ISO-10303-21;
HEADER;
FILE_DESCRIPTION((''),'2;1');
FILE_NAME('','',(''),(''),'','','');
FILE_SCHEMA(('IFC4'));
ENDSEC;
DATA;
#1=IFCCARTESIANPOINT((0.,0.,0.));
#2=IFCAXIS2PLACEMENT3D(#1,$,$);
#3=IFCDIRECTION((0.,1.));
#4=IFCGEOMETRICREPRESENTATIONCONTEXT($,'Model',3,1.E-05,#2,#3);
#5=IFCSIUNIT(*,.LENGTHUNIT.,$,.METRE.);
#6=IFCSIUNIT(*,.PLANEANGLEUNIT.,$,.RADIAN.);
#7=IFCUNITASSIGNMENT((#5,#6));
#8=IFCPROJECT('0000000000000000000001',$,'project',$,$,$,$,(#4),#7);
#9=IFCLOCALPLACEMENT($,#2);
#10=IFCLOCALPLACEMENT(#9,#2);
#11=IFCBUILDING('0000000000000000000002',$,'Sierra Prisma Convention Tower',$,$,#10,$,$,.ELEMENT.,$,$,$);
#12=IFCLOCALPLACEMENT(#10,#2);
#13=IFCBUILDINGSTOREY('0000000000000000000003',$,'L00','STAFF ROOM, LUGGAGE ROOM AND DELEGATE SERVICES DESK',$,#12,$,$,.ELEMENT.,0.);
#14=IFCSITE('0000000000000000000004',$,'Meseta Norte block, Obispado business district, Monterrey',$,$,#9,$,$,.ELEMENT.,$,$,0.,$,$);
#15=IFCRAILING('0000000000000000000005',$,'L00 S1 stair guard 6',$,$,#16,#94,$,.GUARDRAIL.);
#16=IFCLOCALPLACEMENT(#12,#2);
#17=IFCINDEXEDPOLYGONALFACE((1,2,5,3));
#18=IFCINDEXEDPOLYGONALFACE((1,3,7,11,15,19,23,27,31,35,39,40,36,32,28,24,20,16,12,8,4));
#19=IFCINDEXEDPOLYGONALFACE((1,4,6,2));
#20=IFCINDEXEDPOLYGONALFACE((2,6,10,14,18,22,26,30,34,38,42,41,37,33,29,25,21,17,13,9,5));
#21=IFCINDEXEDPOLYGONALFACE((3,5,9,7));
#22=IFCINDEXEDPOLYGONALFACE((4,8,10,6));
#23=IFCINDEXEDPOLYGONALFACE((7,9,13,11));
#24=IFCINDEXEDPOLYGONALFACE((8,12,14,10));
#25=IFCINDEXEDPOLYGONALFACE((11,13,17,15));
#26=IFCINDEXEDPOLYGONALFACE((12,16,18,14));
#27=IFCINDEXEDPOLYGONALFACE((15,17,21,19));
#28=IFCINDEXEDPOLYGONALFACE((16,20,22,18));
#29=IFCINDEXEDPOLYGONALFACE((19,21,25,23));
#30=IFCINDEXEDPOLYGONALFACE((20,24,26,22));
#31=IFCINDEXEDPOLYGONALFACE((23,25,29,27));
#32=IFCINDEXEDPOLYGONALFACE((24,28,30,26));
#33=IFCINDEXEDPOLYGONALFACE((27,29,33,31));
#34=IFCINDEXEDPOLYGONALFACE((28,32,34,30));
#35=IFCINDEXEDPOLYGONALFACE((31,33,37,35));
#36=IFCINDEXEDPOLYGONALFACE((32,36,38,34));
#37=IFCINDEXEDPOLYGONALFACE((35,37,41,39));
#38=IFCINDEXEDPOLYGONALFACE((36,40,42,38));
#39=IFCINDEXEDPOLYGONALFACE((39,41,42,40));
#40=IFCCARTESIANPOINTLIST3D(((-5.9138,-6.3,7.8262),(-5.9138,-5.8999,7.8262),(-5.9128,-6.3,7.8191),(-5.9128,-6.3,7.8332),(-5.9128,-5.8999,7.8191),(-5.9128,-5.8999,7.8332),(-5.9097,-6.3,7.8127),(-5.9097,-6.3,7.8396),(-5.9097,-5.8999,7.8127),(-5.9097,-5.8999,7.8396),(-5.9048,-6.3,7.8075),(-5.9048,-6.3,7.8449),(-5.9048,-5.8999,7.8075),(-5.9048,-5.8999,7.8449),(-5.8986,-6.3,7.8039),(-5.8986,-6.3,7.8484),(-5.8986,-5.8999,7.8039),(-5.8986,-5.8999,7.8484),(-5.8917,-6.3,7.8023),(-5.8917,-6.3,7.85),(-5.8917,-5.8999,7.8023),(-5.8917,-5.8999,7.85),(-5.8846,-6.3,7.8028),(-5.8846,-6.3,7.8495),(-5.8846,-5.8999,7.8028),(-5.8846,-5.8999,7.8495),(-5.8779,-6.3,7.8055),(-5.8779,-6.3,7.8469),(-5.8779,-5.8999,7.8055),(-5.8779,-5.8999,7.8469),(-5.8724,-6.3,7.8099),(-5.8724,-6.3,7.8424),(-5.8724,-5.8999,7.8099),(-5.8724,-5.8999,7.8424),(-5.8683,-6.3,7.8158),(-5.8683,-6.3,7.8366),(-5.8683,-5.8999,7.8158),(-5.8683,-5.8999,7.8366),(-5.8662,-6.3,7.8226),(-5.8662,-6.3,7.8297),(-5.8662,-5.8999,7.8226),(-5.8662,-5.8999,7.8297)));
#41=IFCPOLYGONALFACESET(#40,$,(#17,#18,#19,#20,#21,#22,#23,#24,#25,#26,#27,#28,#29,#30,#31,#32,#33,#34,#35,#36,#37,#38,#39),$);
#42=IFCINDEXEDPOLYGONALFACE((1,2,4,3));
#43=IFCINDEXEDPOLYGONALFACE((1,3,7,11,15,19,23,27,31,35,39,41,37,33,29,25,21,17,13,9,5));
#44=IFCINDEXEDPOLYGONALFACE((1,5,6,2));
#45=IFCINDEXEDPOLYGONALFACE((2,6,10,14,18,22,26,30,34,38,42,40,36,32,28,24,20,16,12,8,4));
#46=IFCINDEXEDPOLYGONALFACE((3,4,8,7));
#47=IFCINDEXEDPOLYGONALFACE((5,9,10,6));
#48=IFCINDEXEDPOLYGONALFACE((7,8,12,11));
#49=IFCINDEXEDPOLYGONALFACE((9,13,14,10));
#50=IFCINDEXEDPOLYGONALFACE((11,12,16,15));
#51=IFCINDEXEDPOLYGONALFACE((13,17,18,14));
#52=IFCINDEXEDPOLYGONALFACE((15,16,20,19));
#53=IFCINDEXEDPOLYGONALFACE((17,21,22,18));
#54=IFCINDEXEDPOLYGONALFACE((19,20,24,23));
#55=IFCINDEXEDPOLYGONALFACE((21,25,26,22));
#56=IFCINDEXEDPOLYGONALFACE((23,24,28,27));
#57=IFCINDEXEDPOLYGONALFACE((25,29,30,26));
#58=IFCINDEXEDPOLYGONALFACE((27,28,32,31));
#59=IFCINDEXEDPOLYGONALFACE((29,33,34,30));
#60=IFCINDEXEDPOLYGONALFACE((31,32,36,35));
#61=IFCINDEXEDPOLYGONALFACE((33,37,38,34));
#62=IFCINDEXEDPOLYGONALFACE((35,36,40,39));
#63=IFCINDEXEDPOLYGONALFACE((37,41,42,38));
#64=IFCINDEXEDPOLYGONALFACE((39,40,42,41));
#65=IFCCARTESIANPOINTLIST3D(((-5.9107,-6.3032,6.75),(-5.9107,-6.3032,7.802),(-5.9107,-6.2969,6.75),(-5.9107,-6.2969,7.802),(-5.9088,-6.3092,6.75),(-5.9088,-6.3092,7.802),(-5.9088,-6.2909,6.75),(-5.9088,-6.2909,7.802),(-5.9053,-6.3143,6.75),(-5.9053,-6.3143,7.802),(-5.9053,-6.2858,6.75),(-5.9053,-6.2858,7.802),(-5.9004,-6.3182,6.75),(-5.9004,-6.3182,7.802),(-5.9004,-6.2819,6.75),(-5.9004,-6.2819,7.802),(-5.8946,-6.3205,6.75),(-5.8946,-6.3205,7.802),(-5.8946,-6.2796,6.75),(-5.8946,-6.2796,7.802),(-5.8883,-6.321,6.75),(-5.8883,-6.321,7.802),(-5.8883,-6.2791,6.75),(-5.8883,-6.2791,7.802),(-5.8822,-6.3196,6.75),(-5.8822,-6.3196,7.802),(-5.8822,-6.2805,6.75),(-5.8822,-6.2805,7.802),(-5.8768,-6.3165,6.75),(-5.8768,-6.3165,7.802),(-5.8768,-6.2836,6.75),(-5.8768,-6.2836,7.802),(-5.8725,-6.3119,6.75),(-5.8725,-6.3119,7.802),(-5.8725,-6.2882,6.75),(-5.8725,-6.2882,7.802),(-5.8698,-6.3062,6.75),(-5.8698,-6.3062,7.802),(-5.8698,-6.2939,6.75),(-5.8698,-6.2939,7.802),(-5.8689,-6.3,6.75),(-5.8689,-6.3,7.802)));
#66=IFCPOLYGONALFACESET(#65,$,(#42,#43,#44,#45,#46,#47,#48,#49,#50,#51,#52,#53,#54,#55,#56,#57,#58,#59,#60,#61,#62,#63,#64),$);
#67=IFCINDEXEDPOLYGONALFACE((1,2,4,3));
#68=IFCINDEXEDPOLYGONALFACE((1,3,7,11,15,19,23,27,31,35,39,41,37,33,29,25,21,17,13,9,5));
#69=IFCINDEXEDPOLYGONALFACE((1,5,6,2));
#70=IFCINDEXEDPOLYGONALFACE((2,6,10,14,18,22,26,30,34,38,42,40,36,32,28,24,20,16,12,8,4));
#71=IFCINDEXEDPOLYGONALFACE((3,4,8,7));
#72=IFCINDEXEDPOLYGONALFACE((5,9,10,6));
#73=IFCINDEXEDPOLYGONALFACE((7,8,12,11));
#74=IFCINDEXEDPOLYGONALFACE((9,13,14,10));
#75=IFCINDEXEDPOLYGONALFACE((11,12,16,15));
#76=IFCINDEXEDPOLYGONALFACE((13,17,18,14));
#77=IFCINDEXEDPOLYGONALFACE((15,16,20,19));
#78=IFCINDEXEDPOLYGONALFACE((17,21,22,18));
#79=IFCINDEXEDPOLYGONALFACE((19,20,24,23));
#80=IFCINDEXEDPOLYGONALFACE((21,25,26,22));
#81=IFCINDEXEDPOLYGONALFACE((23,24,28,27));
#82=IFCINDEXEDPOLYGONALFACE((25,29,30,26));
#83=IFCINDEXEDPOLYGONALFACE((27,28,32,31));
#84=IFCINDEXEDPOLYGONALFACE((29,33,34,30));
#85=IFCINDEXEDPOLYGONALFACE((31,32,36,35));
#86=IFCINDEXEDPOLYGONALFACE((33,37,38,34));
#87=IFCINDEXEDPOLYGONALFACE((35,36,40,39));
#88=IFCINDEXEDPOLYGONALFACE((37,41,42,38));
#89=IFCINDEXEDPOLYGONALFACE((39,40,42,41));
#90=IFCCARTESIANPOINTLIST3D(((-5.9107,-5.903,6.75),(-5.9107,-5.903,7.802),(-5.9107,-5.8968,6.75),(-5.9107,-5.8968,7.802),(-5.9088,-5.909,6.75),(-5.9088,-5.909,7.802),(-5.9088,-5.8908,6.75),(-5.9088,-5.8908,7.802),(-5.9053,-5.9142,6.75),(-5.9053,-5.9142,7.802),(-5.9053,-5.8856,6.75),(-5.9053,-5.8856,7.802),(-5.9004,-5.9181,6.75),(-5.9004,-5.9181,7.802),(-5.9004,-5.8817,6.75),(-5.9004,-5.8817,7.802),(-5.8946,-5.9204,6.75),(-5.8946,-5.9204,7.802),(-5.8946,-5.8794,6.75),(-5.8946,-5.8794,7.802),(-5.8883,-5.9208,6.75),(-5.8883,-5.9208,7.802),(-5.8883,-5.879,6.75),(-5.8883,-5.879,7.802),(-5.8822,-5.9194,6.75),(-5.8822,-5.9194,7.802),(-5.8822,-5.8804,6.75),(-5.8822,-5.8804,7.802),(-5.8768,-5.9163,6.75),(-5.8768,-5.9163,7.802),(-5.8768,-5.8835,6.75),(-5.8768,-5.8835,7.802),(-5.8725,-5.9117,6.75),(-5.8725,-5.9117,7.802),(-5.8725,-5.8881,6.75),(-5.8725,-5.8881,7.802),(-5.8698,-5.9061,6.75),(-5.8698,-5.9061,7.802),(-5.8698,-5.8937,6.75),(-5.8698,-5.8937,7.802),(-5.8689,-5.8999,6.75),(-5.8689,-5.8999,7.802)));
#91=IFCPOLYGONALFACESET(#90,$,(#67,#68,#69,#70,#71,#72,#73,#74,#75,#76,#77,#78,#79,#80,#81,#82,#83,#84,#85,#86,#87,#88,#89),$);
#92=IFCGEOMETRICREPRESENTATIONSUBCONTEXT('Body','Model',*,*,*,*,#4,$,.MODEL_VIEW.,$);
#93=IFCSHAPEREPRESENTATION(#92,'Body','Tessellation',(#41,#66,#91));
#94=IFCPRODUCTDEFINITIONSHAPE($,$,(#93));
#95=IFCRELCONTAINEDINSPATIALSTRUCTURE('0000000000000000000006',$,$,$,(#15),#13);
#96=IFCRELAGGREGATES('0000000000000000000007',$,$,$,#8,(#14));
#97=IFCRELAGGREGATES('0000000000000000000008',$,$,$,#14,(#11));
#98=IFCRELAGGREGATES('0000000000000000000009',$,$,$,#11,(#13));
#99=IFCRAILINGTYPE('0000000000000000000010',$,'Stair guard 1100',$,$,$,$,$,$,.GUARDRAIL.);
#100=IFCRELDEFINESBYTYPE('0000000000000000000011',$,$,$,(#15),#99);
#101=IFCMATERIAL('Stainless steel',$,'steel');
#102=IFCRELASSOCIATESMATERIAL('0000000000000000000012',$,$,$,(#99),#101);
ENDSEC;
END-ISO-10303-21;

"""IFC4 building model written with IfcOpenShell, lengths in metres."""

from ifc_helpers import new_model, si_unit, direction, frame, origin, origin_2d, place, context, subcontext, project, spatial, circle, extrude, material, type_object, element, save


model = new_model("IFC4")

# Units and contexts
model_context = context("Model", 3, precision=1e-05, world=origin(), true_north=direction((0.0, 1.0)))
body_context = subcontext(model_context, "Body", "Model", "MODEL_VIEW")
ifc_project = project(units=[si_unit("LENGTHUNIT", "METRE"), si_unit("PLANEANGLEUNIT", "RADIAN")], contexts=[model_context])

# Site, building, storey
site_placement = place(None, origin())
site = spatial("IfcSite", under=ifc_project, at=site_placement, Name="Meseta Norte block, Obispado business district, Monterrey", CompositionType="ELEMENT", RefElevation=0.0)
building_placement = place(site_placement, origin())
building = spatial("IfcBuilding", under=site, at=building_placement, Name="Sierra Prisma Convention Tower", CompositionType="ELEMENT")
storey_placement = place(building_placement, origin())
storey = spatial("IfcBuildingStorey", under=building, at=storey_placement, Name="L00", Description="STAFF ROOM, LUGGAGE ROOM AND DELEGATE SERVICES DESK", CompositionType="ELEMENT", Elevation=0.0)

# Railing
ifc_material_1 = material(Name="Stainless steel", Category="steel")
railing_type_1 = type_object("IfcRailingType", Name="Stair guard 1100", PredefinedType="GUARDRAIL", material=ifc_material_1)
railing_1_placement = place(storey_placement, frame((-5.8899, -6.3, 6.75)))
element("IfcRailing", 1, at=railing_1_placement, inside=storey, type_object=railing_type_1, Name="L00 S1 stair guard 6", PredefinedType="GUARDRAIL", context=body_context, shape_type="SweptSolid", body=[
    extrude(circle(Radius=0.0239, at=origin_2d()), frame((0.0, 0.0, 1.0762), z_axis=(0.0, 1.0, 0.0), x_axis=(-1.0, 0.0, 0.0)), (0.0, 0.0, 1.0), 0.4001),
    extrude(circle(Radius=0.021, at=origin_2d()), origin(), (0.0, 0.0, 1.0), 1.052),
    extrude(circle(Radius=0.021, at=origin_2d()), frame((0.0, 0.4001, 0.0)), (0.0, 0.0, 1.0), 1.052),
])

save(model, "model.ifc")
